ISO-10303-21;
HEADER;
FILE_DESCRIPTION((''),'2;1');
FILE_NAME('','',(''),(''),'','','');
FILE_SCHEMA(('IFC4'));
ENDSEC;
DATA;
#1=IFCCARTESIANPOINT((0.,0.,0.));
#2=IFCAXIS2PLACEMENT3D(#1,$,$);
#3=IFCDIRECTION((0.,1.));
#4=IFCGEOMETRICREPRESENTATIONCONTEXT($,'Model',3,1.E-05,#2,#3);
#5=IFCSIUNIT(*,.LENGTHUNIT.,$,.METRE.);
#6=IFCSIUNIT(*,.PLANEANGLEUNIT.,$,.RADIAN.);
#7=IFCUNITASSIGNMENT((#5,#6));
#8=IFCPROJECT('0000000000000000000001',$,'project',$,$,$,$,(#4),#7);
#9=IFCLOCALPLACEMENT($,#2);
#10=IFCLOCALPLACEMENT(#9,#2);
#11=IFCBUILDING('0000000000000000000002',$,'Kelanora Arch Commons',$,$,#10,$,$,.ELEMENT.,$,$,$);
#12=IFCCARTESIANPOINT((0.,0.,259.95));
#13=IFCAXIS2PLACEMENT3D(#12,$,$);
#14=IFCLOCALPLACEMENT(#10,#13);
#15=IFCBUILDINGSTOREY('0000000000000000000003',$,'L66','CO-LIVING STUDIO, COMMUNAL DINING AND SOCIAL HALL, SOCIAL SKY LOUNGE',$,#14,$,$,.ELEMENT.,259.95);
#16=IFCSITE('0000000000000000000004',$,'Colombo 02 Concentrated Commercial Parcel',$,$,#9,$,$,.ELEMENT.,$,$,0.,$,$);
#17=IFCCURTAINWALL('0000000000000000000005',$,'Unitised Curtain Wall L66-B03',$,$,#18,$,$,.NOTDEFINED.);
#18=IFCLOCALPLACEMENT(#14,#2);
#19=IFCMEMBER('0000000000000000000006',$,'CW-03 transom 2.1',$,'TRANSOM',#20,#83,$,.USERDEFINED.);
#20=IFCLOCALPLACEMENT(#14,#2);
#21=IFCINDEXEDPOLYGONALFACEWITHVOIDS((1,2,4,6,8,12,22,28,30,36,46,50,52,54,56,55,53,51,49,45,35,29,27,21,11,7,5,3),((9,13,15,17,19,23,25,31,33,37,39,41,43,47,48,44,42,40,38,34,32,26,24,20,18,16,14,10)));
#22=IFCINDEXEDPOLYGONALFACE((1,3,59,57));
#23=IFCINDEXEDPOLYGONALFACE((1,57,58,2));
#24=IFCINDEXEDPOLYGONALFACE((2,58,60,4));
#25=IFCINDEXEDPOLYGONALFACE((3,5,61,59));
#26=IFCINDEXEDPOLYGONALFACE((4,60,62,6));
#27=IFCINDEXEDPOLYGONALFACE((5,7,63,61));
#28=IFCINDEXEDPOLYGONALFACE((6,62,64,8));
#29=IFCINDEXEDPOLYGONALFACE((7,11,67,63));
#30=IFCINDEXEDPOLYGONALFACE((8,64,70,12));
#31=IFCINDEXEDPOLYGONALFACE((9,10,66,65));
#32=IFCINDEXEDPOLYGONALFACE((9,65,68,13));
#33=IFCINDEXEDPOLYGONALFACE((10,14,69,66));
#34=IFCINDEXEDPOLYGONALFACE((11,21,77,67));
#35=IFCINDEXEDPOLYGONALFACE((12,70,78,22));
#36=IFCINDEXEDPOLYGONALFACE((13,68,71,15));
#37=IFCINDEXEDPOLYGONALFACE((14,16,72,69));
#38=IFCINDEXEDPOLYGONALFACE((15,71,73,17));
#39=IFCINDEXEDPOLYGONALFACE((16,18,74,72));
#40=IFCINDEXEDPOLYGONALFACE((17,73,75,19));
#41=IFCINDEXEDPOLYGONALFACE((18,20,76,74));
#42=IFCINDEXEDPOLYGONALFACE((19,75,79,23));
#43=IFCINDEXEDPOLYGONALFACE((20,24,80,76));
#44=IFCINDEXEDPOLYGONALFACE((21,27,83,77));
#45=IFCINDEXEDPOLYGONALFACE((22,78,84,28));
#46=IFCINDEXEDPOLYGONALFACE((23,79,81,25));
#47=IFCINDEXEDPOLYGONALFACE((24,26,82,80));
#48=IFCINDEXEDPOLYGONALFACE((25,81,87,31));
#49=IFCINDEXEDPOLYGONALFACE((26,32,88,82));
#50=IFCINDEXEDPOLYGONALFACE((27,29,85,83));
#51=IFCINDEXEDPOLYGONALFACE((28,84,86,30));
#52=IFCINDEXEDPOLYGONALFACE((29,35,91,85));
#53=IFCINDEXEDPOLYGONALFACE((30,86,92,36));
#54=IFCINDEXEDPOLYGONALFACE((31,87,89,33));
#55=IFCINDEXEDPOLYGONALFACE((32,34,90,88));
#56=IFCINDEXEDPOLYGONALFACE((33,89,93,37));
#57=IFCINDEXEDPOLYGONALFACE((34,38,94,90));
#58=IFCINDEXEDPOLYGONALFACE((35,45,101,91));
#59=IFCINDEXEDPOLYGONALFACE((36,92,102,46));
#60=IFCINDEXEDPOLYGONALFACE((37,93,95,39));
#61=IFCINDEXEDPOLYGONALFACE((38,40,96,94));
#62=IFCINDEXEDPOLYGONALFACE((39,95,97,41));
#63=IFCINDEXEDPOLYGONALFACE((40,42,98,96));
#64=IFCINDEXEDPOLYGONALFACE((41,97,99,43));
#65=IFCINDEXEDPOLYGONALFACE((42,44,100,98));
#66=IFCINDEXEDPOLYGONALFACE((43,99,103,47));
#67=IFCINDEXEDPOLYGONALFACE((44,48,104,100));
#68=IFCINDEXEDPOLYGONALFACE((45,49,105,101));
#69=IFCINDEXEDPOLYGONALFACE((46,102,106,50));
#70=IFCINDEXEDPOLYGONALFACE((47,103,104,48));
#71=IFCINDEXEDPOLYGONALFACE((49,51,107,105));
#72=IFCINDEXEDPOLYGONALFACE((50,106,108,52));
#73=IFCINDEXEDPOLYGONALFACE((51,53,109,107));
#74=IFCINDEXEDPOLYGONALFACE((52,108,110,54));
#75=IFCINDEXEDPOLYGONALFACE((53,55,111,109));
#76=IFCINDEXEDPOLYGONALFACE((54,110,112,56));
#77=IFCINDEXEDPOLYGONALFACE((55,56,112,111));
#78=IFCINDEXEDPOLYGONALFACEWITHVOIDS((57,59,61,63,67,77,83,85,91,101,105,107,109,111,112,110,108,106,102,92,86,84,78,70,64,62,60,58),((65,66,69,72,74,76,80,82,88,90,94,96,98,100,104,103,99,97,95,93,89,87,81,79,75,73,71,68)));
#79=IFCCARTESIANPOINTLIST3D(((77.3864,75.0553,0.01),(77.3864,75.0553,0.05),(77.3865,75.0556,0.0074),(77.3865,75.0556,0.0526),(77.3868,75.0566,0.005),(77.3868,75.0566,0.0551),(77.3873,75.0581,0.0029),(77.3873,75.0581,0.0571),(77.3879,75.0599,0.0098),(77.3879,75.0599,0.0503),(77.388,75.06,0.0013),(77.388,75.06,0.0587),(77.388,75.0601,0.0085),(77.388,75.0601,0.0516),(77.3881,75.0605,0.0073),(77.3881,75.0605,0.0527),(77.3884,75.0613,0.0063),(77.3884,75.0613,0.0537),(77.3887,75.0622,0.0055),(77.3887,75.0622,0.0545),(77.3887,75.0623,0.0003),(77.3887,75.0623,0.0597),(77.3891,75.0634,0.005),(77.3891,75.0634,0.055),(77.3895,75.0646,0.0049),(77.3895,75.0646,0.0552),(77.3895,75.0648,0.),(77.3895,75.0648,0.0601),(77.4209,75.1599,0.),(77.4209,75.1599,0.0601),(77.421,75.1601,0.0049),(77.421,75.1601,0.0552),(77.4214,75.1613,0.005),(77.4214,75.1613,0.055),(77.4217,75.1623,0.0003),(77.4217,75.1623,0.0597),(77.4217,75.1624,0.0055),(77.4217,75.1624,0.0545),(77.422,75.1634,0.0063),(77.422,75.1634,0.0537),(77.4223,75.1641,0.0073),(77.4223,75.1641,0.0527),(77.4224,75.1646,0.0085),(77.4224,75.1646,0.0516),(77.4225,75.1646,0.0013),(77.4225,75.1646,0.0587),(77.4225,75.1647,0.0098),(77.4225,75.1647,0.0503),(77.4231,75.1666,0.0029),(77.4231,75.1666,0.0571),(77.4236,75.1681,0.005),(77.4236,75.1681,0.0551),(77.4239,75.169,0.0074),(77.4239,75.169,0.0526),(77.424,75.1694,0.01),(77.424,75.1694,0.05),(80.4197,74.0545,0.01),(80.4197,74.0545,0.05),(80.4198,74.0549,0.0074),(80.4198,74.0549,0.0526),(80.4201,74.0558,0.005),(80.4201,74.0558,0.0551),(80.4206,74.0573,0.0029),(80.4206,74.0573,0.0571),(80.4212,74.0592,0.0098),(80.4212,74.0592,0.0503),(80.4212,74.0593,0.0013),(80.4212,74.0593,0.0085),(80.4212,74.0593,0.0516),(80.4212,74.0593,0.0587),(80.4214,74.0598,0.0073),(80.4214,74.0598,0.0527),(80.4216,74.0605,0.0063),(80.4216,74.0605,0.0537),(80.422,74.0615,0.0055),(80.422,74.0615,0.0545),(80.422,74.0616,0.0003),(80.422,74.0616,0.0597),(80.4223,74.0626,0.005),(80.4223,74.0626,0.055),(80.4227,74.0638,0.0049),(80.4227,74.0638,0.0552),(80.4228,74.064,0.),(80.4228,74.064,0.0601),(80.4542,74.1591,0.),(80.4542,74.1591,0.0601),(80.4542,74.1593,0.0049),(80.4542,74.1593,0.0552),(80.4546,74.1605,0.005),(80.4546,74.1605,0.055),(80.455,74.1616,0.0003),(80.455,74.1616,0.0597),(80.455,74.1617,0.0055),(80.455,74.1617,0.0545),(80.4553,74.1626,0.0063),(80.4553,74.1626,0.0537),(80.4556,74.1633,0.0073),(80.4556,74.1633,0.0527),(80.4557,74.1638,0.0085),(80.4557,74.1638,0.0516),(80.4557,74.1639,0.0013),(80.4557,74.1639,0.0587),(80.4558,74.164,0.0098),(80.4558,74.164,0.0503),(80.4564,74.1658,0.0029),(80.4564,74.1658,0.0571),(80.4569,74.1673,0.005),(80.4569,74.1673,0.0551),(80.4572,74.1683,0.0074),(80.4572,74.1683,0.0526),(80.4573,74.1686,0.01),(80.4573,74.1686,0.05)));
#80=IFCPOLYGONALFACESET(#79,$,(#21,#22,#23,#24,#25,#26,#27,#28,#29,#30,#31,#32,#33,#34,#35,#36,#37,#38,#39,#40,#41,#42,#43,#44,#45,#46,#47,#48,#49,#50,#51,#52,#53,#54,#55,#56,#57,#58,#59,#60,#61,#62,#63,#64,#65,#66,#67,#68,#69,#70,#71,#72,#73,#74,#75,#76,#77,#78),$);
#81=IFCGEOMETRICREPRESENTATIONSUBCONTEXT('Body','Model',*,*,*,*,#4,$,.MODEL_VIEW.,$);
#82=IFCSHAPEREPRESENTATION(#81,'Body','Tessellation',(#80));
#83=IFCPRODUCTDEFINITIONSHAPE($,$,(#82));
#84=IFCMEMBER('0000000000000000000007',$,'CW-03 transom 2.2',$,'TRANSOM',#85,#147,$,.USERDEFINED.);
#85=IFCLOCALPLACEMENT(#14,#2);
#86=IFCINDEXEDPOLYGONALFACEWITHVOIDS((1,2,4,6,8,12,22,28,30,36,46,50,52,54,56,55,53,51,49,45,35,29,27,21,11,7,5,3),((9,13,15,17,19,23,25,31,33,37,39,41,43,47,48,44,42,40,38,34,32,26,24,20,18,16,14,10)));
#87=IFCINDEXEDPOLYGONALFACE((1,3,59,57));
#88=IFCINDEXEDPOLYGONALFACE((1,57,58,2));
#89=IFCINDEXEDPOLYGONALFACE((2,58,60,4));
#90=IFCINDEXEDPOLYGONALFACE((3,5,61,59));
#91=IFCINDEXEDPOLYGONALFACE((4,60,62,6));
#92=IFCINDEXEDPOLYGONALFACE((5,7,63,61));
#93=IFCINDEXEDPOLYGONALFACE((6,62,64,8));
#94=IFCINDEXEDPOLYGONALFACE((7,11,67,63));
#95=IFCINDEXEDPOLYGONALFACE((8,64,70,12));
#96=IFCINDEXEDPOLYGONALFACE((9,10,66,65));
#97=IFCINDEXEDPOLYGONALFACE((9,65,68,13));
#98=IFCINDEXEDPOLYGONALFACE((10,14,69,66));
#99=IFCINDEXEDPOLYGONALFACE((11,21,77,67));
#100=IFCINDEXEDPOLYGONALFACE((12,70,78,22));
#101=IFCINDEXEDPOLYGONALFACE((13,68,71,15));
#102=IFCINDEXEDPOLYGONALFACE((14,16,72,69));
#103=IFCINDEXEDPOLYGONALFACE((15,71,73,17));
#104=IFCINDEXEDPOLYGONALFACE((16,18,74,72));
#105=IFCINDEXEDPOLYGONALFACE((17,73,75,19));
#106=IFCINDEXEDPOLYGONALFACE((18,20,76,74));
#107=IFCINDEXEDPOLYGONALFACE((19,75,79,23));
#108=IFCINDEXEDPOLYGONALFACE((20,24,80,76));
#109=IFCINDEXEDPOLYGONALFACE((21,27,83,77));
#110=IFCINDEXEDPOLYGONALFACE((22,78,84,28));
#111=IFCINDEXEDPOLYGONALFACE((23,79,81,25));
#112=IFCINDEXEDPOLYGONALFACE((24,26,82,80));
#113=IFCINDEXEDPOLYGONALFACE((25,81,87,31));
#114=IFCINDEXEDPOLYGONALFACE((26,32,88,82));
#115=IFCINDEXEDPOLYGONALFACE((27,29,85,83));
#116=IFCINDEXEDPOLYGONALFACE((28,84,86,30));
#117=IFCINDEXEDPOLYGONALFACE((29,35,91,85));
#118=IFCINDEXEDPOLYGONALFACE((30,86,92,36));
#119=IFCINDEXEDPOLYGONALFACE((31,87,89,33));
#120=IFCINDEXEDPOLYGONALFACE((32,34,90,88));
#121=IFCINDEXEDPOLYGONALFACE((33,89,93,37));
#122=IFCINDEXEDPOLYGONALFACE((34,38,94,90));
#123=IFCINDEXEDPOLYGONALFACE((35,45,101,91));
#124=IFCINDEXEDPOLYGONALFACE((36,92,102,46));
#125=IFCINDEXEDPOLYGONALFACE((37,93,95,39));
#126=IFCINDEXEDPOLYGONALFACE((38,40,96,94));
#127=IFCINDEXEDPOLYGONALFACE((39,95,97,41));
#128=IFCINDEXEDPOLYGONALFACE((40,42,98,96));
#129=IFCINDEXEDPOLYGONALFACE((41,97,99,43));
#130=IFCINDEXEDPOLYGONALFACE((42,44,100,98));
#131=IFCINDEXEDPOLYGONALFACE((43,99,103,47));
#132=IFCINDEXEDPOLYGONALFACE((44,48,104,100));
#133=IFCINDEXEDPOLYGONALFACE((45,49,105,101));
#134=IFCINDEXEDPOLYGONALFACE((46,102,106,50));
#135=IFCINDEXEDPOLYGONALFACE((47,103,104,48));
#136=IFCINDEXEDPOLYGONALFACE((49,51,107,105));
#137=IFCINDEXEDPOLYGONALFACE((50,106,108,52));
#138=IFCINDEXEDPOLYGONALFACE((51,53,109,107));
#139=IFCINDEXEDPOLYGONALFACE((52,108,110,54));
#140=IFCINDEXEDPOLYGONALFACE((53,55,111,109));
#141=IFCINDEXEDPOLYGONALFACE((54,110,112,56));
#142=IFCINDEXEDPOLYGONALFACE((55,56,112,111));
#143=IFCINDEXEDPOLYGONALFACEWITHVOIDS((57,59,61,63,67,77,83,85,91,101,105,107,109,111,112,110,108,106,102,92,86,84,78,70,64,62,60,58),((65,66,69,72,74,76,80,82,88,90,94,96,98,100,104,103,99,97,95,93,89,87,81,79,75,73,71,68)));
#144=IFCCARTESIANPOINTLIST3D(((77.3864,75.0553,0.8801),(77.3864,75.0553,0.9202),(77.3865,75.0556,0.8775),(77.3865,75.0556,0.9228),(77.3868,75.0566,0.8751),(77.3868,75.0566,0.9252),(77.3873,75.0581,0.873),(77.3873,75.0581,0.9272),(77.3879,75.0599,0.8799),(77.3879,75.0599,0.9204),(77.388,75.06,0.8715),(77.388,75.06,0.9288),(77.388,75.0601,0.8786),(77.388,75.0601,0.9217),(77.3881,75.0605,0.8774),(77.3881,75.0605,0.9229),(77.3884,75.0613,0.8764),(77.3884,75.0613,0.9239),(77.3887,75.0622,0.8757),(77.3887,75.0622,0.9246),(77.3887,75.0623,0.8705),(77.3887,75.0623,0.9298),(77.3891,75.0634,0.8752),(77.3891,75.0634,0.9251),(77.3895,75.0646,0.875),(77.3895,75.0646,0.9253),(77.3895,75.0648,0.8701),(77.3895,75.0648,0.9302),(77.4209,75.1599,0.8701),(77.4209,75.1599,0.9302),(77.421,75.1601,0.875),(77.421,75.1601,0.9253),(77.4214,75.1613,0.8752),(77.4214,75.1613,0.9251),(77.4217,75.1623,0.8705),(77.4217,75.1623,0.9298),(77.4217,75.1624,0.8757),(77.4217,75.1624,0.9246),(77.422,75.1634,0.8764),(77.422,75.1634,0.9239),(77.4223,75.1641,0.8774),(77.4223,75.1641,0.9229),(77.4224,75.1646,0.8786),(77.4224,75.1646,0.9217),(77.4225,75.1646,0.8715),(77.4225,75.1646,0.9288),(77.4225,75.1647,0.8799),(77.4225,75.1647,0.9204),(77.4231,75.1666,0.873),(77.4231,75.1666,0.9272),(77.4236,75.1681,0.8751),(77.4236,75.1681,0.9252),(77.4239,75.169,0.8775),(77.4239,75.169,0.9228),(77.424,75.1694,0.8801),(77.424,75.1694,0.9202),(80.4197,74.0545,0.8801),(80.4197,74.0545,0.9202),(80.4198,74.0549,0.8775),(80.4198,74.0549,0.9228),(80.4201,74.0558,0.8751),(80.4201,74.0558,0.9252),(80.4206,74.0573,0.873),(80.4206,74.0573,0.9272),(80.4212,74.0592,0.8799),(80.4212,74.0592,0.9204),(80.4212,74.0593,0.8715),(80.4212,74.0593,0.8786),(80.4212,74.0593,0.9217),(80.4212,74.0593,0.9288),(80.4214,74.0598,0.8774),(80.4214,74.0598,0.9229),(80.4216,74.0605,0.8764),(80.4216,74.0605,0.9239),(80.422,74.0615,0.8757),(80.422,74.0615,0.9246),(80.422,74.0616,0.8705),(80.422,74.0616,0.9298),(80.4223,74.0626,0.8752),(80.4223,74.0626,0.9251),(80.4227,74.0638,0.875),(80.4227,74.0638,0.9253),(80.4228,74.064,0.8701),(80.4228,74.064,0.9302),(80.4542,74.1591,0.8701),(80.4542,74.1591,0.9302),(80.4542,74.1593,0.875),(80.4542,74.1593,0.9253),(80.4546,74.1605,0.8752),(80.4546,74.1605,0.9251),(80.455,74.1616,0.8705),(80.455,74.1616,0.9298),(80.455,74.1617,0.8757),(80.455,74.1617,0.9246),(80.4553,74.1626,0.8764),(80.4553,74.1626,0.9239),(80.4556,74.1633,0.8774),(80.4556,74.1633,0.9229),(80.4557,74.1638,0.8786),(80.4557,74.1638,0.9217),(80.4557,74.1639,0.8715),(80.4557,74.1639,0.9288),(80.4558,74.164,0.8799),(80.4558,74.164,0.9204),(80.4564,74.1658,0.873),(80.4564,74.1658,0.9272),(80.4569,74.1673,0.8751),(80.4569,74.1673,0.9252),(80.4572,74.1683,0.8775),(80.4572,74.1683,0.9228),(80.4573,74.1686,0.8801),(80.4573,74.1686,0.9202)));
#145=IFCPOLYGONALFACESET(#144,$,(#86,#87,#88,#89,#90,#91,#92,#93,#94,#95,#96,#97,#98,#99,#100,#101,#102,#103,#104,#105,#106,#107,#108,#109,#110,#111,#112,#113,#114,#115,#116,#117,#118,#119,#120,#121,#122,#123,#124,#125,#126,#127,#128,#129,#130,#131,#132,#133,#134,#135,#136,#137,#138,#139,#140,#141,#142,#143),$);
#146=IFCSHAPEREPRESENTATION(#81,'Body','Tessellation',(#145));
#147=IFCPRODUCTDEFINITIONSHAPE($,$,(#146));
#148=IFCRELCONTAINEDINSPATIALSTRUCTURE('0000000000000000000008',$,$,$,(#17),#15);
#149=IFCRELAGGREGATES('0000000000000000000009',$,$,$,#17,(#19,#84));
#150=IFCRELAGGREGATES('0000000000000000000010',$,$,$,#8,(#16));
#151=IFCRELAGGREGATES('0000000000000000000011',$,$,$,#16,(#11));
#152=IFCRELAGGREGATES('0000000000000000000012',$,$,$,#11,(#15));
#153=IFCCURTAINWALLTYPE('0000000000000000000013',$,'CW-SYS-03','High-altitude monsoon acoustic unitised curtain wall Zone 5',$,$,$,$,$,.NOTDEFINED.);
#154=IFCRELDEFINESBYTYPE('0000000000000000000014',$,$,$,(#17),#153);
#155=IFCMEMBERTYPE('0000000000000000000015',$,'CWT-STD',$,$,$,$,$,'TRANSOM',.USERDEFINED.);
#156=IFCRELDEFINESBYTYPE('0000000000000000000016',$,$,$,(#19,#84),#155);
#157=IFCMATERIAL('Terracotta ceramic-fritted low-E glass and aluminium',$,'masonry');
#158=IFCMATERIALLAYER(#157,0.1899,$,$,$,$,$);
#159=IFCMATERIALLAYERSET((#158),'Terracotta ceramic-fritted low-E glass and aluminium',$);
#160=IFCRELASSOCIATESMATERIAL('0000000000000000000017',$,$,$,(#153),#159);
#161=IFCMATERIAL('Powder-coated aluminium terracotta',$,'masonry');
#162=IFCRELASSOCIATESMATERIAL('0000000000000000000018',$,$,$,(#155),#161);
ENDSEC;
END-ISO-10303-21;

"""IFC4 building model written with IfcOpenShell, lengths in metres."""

from ifc_helpers import new_model, si_unit, direction, frame, origin, origin_2d, place, context, subcontext, project, spatial, hollow_rectangle, extrude, material, layer, layer_set, material_profile, profile_set, type_object, element, aggregate, save


model = new_model("IFC4")

# Units and contexts
model_context = context("Model", 3, precision=1e-05, world=origin(), true_north=direction((0.0, 1.0)))
body_context = subcontext(model_context, "Body", "Model", "MODEL_VIEW")
ifc_project = project(units=[si_unit("LENGTHUNIT", "METRE"), si_unit("PLANEANGLEUNIT", "RADIAN")], contexts=[model_context])

# Site, building, storey
site_placement = place(None, origin())
site = spatial("IfcSite", under=ifc_project, at=site_placement, Name="Colombo 02 Concentrated Commercial Parcel", CompositionType="ELEMENT", RefElevation=0.0)
building_placement = place(site_placement, origin())
building = spatial("IfcBuilding", under=site, at=building_placement, Name="Kelanora Arch Commons", CompositionType="ELEMENT")
storey_placement = place(building_placement, frame((0.0, 0.0, 259.95)))
storey = spatial("IfcBuildingStorey", under=building, at=storey_placement, Name="L66", Description="CO-LIVING STUDIO, COMMUNAL DINING AND SOCIAL HALL, SOCIAL SKY LOUNGE", CompositionType="ELEMENT", Elevation=259.95)

# Curtain wall, members
ifc_material_1 = material(Name="Terracotta ceramic-fritted low-E glass and aluminium", Category="masonry")
ifc_layer_1 = layer(ifc_material_1, 0.1899)
ifc_layer_set_1 = layer_set([ifc_layer_1], Name="Terracotta ceramic-fritted low-E glass and aluminium")
curtain_wall_type = type_object("IfcCurtainWallType", Name="CW-SYS-03", Description="High-altitude monsoon acoustic unitised curtain wall Zone 5", PredefinedType="NOTDEFINED", material=ifc_layer_set_1)
curtain_wall_placement = place(storey_placement, origin())
curtain_wall = element("IfcCurtainWall", 1, at=curtain_wall_placement, inside=storey, type_object=curtain_wall_type, Name="Unitised Curtain Wall L66-B03", PredefinedType="NOTDEFINED")
ifc_material_2 = material(Name="Powder-coated aluminium terracotta", Category="masonry")
ifc_material_profile_1 = material_profile(ifc_material_2, hollow_rectangle(XDim=0.1201, YDim=0.0601, WallThickness=0.0049, InnerFilletRadius=0.0049, OuterFilletRadius=0.01, at=origin_2d()), Name="CWT120x60")
ifc_profile_set_1 = profile_set([ifc_material_profile_1], Name="Powder-coated aluminium terracotta")
member_type_1 = type_object("IfcMemberType", Name="CWT-STD", ElementType="TRANSOM", PredefinedType="USERDEFINED", material=ifc_profile_set_1)
member_1_placement = place(storey_placement, frame((80.4385, 74.1116, 0.03), z_axis=(-0.94965, 0.313314, 0.0), x_axis=(-0.313314, -0.94965, 0.0)))
member_1 = element("IfcMember", 2, at=member_1_placement, type_object=member_type_1, Name="CW-03 transom 2.1", ObjectType="TRANSOM", PredefinedType="USERDEFINED", context=body_context, shape_type="SweptSolid", body=[
    extrude(hollow_rectangle(XDim=0.1201, YDim=0.0601, WallThickness=0.0049, InnerFilletRadius=0.0049, OuterFilletRadius=0.01, at=origin_2d()), origin(), (0.0, 0.0, 1.0), 3.1941),
])
member_2_placement = place(storey_placement, frame((80.4385, 74.1116, 0.9001), z_axis=(-0.94965, 0.313314, 0.0), x_axis=(-0.313314, -0.94965, 0.0)))
member_2 = element("IfcMember", 3, at=member_2_placement, type_object=member_type_1, Name="CW-03 transom 2.2", ObjectType="TRANSOM", PredefinedType="USERDEFINED", context=body_context, shape_type="SweptSolid", body=[
    extrude(hollow_rectangle(XDim=0.1201, YDim=0.0601, WallThickness=0.0049, InnerFilletRadius=0.0049, OuterFilletRadius=0.01, at=origin_2d()), origin(), (0.0, 0.0, 1.0), 3.1941),
])
aggregate(curtain_wall, [member_1, member_2])

save(model, "model.ifc")
